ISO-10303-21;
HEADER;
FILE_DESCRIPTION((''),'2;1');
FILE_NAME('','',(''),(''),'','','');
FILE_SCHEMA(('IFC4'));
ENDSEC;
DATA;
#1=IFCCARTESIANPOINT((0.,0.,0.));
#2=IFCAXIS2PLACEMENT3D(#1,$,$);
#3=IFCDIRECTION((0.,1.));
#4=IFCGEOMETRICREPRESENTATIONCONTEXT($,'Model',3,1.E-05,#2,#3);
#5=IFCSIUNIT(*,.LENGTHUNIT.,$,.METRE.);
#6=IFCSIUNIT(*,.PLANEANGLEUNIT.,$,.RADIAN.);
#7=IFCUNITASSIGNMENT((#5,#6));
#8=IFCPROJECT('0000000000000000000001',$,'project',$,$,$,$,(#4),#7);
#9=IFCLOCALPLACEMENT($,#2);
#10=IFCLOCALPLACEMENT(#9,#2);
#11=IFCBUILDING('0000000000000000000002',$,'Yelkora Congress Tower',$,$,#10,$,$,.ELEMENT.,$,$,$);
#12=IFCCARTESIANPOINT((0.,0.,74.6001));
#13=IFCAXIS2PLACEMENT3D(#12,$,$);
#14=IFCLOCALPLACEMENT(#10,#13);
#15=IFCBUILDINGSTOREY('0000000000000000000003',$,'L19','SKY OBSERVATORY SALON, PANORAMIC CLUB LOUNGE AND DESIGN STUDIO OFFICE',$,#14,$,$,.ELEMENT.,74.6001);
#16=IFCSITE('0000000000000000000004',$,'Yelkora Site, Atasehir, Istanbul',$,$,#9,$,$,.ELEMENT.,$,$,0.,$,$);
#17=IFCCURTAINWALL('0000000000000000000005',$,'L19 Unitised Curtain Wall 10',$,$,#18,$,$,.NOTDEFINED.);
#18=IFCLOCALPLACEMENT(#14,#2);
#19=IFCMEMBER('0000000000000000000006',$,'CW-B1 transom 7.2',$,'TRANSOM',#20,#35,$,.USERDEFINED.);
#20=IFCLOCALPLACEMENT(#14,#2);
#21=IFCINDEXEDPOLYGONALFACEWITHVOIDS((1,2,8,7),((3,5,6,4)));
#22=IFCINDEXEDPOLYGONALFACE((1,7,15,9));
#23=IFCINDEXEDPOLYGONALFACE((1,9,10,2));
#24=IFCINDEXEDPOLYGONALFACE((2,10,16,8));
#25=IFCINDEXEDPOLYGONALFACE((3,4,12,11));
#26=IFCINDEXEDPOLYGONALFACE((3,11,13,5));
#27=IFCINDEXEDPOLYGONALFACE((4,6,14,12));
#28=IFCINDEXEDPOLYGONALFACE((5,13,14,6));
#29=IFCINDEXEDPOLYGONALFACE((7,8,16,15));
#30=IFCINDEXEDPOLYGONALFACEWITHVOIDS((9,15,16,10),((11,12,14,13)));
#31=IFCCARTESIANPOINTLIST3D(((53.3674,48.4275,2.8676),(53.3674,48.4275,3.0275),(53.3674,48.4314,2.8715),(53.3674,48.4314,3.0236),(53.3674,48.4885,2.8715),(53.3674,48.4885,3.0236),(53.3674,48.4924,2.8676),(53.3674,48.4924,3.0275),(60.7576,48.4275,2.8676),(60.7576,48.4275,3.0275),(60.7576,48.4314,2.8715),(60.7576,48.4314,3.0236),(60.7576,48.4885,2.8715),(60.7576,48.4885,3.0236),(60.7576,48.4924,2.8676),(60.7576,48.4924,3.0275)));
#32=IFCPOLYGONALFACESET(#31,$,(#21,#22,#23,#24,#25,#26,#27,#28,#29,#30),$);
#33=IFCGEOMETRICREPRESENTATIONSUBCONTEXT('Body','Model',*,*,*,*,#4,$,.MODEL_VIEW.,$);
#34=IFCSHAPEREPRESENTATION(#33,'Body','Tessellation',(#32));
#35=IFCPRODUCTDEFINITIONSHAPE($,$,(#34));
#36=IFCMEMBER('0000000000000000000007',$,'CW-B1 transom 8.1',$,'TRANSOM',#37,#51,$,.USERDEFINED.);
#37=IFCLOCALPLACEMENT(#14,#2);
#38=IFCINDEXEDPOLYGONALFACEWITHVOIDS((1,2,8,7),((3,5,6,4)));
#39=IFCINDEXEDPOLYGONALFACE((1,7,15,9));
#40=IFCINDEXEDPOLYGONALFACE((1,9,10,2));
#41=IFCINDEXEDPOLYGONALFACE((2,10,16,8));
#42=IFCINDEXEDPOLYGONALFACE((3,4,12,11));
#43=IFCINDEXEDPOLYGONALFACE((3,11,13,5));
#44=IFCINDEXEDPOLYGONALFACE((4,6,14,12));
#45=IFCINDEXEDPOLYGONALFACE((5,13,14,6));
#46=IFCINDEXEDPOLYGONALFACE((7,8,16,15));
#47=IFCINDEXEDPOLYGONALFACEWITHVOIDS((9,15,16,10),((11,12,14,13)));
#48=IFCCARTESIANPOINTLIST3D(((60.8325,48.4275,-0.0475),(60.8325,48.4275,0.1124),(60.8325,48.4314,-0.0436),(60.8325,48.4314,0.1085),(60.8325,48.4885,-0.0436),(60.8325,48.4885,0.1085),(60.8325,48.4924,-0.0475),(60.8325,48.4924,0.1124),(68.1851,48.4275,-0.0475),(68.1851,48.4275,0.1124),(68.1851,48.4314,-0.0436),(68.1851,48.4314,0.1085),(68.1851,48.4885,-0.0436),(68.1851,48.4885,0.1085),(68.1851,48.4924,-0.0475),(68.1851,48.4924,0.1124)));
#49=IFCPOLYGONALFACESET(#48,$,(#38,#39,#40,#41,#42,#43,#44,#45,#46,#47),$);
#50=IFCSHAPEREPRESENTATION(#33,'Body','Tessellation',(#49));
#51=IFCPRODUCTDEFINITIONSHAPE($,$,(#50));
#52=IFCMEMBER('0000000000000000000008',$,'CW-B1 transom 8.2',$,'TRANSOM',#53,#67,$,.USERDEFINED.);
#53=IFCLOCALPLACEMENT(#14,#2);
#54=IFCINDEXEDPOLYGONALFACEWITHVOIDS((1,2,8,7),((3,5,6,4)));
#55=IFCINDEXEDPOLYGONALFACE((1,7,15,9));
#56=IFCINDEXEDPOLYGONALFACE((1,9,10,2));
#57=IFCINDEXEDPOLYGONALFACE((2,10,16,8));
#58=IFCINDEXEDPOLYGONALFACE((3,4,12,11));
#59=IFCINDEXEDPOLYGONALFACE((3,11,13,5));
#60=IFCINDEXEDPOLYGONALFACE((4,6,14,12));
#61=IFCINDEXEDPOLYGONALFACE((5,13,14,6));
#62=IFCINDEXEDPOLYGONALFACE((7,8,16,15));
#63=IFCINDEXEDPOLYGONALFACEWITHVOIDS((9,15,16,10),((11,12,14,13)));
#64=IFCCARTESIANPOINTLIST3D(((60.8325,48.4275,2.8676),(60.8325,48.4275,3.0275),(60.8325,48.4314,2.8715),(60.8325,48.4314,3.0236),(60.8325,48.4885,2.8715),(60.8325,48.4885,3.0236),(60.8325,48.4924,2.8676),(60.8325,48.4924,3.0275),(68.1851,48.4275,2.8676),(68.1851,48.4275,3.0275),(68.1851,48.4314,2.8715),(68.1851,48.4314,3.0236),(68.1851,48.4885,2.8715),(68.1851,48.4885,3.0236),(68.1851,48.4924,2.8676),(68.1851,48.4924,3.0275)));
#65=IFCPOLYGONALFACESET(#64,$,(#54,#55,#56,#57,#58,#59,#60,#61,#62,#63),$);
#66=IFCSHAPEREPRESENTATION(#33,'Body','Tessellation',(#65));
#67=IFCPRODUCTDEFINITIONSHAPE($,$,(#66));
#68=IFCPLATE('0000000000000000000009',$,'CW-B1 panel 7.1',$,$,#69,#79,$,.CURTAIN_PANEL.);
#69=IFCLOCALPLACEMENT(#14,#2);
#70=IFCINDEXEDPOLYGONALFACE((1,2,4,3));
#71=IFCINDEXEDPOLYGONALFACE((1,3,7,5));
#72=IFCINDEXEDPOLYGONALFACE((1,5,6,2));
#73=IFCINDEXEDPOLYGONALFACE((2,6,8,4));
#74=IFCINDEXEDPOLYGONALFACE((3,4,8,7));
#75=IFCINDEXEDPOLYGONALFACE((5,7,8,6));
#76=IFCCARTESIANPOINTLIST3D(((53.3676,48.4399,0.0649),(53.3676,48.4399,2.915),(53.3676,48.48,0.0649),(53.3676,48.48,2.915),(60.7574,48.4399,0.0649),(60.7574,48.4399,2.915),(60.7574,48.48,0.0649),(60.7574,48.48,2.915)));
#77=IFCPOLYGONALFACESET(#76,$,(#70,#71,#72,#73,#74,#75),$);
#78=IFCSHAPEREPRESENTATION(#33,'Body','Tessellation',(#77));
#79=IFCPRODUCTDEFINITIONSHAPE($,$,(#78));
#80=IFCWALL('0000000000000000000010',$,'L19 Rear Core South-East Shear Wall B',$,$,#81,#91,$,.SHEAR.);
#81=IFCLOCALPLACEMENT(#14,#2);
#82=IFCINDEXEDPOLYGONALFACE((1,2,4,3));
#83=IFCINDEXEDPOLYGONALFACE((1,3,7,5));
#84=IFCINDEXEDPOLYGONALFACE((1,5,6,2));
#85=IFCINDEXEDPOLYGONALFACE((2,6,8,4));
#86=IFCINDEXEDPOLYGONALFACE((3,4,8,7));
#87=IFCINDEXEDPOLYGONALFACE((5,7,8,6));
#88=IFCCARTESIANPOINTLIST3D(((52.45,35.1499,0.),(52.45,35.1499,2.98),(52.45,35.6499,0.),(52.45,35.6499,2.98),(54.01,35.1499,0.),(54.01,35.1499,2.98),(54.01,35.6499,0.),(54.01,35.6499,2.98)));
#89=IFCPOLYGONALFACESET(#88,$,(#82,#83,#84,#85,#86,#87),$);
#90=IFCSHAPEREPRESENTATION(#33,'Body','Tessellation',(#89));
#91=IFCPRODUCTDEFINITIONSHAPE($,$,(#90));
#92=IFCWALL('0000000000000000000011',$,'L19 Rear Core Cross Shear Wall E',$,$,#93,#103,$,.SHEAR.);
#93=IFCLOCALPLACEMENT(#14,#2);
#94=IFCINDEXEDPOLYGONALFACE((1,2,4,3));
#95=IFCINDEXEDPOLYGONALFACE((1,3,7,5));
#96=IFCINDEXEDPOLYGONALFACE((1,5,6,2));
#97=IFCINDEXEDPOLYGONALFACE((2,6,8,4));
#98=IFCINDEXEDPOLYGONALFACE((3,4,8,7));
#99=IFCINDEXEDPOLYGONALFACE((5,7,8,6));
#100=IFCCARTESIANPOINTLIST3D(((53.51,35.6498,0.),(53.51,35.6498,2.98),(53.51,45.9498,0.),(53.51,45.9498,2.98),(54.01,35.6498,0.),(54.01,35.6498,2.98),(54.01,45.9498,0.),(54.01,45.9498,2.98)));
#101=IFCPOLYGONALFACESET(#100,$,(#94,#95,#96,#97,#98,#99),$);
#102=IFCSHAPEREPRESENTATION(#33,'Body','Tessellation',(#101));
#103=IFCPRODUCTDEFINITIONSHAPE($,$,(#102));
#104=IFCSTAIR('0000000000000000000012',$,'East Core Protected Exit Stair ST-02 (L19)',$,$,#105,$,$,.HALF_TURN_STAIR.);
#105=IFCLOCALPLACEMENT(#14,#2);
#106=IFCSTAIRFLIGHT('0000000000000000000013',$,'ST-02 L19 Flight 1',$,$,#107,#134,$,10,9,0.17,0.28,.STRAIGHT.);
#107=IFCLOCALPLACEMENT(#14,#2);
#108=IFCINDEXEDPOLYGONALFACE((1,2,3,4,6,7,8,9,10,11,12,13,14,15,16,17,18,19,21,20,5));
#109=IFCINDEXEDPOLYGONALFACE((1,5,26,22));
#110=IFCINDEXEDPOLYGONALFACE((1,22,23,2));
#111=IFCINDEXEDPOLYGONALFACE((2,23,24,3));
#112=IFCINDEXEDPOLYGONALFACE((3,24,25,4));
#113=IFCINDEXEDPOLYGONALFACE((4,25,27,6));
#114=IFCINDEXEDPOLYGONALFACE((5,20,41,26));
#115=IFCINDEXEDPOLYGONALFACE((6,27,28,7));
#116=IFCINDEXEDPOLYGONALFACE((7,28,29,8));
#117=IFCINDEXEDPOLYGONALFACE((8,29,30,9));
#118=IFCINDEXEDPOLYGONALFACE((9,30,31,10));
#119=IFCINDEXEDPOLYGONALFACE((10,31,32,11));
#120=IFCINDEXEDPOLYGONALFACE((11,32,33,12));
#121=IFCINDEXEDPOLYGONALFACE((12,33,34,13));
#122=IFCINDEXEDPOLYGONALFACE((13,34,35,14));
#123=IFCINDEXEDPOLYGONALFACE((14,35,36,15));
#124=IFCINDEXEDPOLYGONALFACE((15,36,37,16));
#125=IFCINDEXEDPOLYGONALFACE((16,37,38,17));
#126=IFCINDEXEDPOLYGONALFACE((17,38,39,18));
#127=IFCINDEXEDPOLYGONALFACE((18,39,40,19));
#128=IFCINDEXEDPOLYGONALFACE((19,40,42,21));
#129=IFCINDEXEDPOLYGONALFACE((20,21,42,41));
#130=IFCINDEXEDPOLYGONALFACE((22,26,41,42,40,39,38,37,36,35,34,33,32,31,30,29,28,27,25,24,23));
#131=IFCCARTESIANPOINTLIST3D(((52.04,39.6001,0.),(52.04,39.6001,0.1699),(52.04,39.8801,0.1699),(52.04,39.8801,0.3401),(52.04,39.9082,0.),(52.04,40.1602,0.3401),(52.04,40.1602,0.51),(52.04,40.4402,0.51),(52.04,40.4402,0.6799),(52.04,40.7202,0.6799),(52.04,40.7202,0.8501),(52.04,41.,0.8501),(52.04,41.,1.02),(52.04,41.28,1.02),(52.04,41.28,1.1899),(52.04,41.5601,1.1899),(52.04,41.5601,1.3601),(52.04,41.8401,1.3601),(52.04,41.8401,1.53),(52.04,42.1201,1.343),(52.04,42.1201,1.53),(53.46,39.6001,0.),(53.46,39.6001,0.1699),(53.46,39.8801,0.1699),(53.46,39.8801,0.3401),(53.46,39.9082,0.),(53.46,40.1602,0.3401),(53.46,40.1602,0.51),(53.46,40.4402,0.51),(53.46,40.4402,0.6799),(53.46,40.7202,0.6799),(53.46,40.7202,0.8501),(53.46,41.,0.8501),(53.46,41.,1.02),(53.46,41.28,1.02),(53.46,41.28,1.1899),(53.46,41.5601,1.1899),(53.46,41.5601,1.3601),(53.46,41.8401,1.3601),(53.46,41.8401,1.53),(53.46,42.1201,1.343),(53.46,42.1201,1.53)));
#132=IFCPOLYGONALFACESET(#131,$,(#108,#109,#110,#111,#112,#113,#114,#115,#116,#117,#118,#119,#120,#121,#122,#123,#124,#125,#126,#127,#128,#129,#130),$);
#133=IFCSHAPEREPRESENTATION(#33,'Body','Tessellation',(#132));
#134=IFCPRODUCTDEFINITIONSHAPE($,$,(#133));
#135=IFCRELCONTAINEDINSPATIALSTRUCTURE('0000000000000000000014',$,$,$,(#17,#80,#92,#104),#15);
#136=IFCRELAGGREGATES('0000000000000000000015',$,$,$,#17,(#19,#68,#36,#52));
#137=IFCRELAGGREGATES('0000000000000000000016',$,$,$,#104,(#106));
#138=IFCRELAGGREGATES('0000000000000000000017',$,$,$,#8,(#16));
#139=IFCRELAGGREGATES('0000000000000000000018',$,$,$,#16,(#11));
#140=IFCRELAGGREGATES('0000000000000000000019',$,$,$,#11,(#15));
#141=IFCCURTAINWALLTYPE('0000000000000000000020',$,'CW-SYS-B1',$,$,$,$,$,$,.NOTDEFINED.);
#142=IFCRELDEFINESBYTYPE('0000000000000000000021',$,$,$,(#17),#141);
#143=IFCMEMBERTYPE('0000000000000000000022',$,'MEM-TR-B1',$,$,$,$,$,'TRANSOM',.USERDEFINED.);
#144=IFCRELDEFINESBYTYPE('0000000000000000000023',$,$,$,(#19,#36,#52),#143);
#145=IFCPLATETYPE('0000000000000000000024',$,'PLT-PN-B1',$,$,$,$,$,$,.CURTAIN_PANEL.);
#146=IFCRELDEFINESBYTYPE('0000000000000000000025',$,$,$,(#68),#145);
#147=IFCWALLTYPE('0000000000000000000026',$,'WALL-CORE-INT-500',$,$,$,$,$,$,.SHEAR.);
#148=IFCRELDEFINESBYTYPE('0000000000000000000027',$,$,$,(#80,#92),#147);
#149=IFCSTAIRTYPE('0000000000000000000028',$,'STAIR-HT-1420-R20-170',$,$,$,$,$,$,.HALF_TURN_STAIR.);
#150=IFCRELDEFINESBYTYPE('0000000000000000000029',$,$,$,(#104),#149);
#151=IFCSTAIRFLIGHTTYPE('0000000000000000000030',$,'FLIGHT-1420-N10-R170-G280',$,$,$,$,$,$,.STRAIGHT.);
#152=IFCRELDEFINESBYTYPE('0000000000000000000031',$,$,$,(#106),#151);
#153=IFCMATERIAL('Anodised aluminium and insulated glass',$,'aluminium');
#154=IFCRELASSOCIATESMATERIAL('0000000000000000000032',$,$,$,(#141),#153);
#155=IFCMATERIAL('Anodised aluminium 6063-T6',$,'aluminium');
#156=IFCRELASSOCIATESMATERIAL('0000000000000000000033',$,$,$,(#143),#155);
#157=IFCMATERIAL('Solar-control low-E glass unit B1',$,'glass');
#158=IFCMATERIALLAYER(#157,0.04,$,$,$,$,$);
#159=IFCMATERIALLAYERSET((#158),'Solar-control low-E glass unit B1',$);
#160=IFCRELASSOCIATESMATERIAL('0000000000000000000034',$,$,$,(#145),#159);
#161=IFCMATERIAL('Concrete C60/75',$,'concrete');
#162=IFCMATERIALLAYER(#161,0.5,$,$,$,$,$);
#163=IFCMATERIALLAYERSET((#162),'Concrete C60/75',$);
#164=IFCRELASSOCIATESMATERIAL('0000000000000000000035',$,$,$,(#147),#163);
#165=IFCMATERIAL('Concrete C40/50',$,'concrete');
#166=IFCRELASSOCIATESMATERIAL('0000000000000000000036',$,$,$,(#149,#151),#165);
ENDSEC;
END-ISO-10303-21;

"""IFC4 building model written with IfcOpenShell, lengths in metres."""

from ifc_helpers import new_model, si_unit, direction, frame, frame_2d, origin, origin_2d, place, context, subcontext, project, spatial, polyline, rectangle, hollow_rectangle, outline, extrude, material, layer, layer_set, material_profile, profile_set, type_object, element, aggregate, save


model = new_model("IFC4")

# Units and contexts
model_context = context("Model", 3, precision=1e-05, world=origin(), true_north=direction((0.0, 1.0)))
body_context = subcontext(model_context, "Body", "Model", "MODEL_VIEW")
ifc_project = project(units=[si_unit("LENGTHUNIT", "METRE"), si_unit("PLANEANGLEUNIT", "RADIAN")], contexts=[model_context])

# Site, building, storey
site_placement = place(None, origin())
site = spatial("IfcSite", under=ifc_project, at=site_placement, Name="Yelkora Site, Atasehir, Istanbul", CompositionType="ELEMENT", RefElevation=0.0)
building_placement = place(site_placement, origin())
building = spatial("IfcBuilding", under=site, at=building_placement, Name="Yelkora Congress Tower", CompositionType="ELEMENT")
storey_placement = place(building_placement, frame((0.0, 0.0, 74.6001)))
storey = spatial("IfcBuildingStorey", under=building, at=storey_placement, Name="L19", Description="SKY OBSERVATORY SALON, PANORAMIC CLUB LOUNGE AND DESIGN STUDIO OFFICE", CompositionType="ELEMENT", Elevation=74.6001)

# Shared definitions
ifc_material_1 = material(Name="Concrete C60/75", Category="concrete")

# Curtain wall, members, plate
ifc_material_2 = material(Name="Anodised aluminium and insulated glass", Category="aluminium")
curtain_wall_type = type_object("IfcCurtainWallType", Name="CW-SYS-B1", PredefinedType="NOTDEFINED", material=ifc_material_2)
curtain_wall_placement = place(storey_placement, origin())
curtain_wall = element("IfcCurtainWall", 1, at=curtain_wall_placement, inside=storey, type_object=curtain_wall_type, Name="L19 Unitised Curtain Wall 10", PredefinedType="NOTDEFINED")
ifc_material_3 = material(Name="Anodised aluminium 6063-T6", Category="aluminium")
ifc_material_profile_1 = material_profile(ifc_material_3, hollow_rectangle(XDim=0.0649, YDim=0.1599, WallThickness=0.0039, at=origin_2d()), Name="ALU 65x160x4")
ifc_profile_set_1 = profile_set([ifc_material_profile_1], Name="Anodised aluminium 6063-T6")
member_type_1 = type_object("IfcMemberType", Name="MEM-TR-B1", ElementType="TRANSOM", PredefinedType="USERDEFINED", material=ifc_profile_set_1)
member_1_placement = place(storey_placement, frame((53.3674, 48.46, 2.9475), z_axis=(1.0, 0.0, 0.0), x_axis=(0.0, 1.0, 0.0)))
member_1 = element("IfcMember", 2, at=member_1_placement, type_object=member_type_1, Name="CW-B1 transom 7.2", ObjectType="TRANSOM", PredefinedType="USERDEFINED", context=body_context, shape_type="SweptSolid", body=[
    extrude(hollow_rectangle(XDim=0.0649, YDim=0.1599, WallThickness=0.0039, at=origin_2d()), origin(), (0.0, 0.0, 1.0), 7.3901),
])
member_2_placement = place(storey_placement, frame((60.8325, 48.46, 0.0325), z_axis=(1.0, 0.0, 0.0), x_axis=(0.0, 1.0, 0.0)))
member_2 = element("IfcMember", 3, at=member_2_placement, type_object=member_type_1, Name="CW-B1 transom 8.1", ObjectType="TRANSOM", PredefinedType="USERDEFINED", context=body_context, shape_type="SweptSolid", body=[
    extrude(hollow_rectangle(XDim=0.0649, YDim=0.1599, WallThickness=0.0039, at=origin_2d()), origin(), (0.0, 0.0, 1.0), 7.3525),
])
member_3_placement = place(storey_placement, frame((60.8325, 48.46, 2.9475), z_axis=(1.0, 0.0, 0.0), x_axis=(0.0, 1.0, 0.0)))
member_3 = element("IfcMember", 4, at=member_3_placement, type_object=member_type_1, Name="CW-B1 transom 8.2", ObjectType="TRANSOM", PredefinedType="USERDEFINED", context=body_context, shape_type="SweptSolid", body=[
    extrude(hollow_rectangle(XDim=0.0649, YDim=0.1599, WallThickness=0.0039, at=origin_2d()), origin(), (0.0, 0.0, 1.0), 7.3525),
])
ifc_material_4 = material(Name="Solar-control low-E glass unit B1", Category="glass")
ifc_layer_1 = layer(ifc_material_4, 0.04)
ifc_layer_set_1 = layer_set([ifc_layer_1], Name="Solar-control low-E glass unit B1")
plate_type = type_object("IfcPlateType", Name="PLT-PN-B1", PredefinedType="CURTAIN_PANEL", material=ifc_layer_set_1)
plate_placement = place(storey_placement, frame((57.0625, 48.46, 0.0649), z_axis=(0.0, 0.0, 1.0), x_axis=(1.0, 0.0, 0.0)))
plate = element("IfcPlate", 5, at=plate_placement, type_object=plate_type, Name="CW-B1 panel 7.1", PredefinedType="CURTAIN_PANEL", context=body_context, shape_type="SweptSolid", body=[
    extrude(rectangle(XDim=7.3899, YDim=0.04, at=origin_2d()), origin(), (0.0, 0.0, 1.0), 2.8501),
])
aggregate(curtain_wall, [member_1, plate, member_2, member_3])

# Walls
ifc_layer_2 = layer(ifc_material_1, 0.5)
ifc_layer_set_2 = layer_set([ifc_layer_2], Name="Concrete C60/75")
wall_type = type_object("IfcWallType", Name="WALL-CORE-INT-500", PredefinedType="SHEAR", material=ifc_layer_set_2)
wall_1_placement = place(storey_placement, frame((52.45, 35.3999, 0.0), z_axis=(0.0, 0.0, 1.0), x_axis=(1.0, 0.0, 0.0)))
element("IfcWall", 6, at=wall_1_placement, inside=storey, type_object=wall_type, Name="L19 Rear Core South-East Shear Wall B", PredefinedType="SHEAR", context=body_context, shape_type="SweptSolid", body=[
    extrude(rectangle(XDim=1.5601, YDim=0.5, at=frame_2d((0.78, 0.0))), origin(), (0.0, 0.0, 1.0), 2.98),
])
wall_2_placement = place(storey_placement, frame((53.76, 35.6499, 0.0), z_axis=(0.0, 0.0, 1.0), x_axis=(0.0, 1.0, 0.0)))
element("IfcWall", 7, at=wall_2_placement, inside=storey, type_object=wall_type, Name="L19 Rear Core Cross Shear Wall E", PredefinedType="SHEAR", context=body_context, shape_type="SweptSolid", body=[
    extrude(rectangle(XDim=10.3, YDim=0.5, at=frame_2d((5.1499, 0.0))), origin(), (0.0, 0.0, 1.0), 2.98),
])

# Stair, stair flight
ifc_material_5 = material(Name="Concrete C40/50", Category="concrete")
stair_type = type_object("IfcStairType", Name="STAIR-HT-1420-R20-170", PredefinedType="HALF_TURN_STAIR", material=ifc_material_5)
stair_placement = place(storey_placement, origin())
stair = element("IfcStair", 8, at=stair_placement, inside=storey, type_object=stair_type, Name="East Core Protected Exit Stair ST-02 (L19)", PredefinedType="HALF_TURN_STAIR")
stair_flight_type = type_object("IfcStairFlightType", Name="FLIGHT-1420-N10-R170-G280", PredefinedType="STRAIGHT", material=ifc_material_5)
stair_flight_placement = place(storey_placement, frame((52.75, 39.6001, 0.0), z_axis=(0.0, 0.0, 1.0), x_axis=(0.0, 1.0, 0.0)))
stair_flight = element("IfcStairFlight", 9, at=stair_flight_placement, type_object=stair_flight_type, Name="ST-02 L19 Flight 1", NumberOfRisers=10, NumberOfTreads=9, PredefinedType="STRAIGHT", RiserHeight=0.17, TreadLength=0.28, context=body_context, shape_type="SweptSolid", body=[
    extrude(outline(polyline([(0.0, 0.0), (0.0, 0.1699), (0.28, 0.1699), (0.28, 0.3401), (0.5601, 0.3401), (0.5601, 0.51), (0.8401, 0.51), (0.8401, 0.6799), (1.1201, 0.6799), (1.1201, 0.8501), (1.3999, 0.8501), (1.3999, 1.02), (1.6799, 1.02), (1.6799, 1.1899), (1.96, 1.1899), (1.96, 1.3601), (2.24, 1.3601), (2.24, 1.53), (2.52, 1.53), (2.52, 1.7), (2.52, 1.343), (0.3081, 0.0), (0.0, 0.0)])), frame((0.0, 0.71, 0.0), z_axis=(0.0, -1.0, 0.0), x_axis=(1.0, 0.0, 0.0)), (0.0, 0.0, 1.0), 1.4199),
])
aggregate(stair, [stair_flight])

save(model, "model.ifc")
